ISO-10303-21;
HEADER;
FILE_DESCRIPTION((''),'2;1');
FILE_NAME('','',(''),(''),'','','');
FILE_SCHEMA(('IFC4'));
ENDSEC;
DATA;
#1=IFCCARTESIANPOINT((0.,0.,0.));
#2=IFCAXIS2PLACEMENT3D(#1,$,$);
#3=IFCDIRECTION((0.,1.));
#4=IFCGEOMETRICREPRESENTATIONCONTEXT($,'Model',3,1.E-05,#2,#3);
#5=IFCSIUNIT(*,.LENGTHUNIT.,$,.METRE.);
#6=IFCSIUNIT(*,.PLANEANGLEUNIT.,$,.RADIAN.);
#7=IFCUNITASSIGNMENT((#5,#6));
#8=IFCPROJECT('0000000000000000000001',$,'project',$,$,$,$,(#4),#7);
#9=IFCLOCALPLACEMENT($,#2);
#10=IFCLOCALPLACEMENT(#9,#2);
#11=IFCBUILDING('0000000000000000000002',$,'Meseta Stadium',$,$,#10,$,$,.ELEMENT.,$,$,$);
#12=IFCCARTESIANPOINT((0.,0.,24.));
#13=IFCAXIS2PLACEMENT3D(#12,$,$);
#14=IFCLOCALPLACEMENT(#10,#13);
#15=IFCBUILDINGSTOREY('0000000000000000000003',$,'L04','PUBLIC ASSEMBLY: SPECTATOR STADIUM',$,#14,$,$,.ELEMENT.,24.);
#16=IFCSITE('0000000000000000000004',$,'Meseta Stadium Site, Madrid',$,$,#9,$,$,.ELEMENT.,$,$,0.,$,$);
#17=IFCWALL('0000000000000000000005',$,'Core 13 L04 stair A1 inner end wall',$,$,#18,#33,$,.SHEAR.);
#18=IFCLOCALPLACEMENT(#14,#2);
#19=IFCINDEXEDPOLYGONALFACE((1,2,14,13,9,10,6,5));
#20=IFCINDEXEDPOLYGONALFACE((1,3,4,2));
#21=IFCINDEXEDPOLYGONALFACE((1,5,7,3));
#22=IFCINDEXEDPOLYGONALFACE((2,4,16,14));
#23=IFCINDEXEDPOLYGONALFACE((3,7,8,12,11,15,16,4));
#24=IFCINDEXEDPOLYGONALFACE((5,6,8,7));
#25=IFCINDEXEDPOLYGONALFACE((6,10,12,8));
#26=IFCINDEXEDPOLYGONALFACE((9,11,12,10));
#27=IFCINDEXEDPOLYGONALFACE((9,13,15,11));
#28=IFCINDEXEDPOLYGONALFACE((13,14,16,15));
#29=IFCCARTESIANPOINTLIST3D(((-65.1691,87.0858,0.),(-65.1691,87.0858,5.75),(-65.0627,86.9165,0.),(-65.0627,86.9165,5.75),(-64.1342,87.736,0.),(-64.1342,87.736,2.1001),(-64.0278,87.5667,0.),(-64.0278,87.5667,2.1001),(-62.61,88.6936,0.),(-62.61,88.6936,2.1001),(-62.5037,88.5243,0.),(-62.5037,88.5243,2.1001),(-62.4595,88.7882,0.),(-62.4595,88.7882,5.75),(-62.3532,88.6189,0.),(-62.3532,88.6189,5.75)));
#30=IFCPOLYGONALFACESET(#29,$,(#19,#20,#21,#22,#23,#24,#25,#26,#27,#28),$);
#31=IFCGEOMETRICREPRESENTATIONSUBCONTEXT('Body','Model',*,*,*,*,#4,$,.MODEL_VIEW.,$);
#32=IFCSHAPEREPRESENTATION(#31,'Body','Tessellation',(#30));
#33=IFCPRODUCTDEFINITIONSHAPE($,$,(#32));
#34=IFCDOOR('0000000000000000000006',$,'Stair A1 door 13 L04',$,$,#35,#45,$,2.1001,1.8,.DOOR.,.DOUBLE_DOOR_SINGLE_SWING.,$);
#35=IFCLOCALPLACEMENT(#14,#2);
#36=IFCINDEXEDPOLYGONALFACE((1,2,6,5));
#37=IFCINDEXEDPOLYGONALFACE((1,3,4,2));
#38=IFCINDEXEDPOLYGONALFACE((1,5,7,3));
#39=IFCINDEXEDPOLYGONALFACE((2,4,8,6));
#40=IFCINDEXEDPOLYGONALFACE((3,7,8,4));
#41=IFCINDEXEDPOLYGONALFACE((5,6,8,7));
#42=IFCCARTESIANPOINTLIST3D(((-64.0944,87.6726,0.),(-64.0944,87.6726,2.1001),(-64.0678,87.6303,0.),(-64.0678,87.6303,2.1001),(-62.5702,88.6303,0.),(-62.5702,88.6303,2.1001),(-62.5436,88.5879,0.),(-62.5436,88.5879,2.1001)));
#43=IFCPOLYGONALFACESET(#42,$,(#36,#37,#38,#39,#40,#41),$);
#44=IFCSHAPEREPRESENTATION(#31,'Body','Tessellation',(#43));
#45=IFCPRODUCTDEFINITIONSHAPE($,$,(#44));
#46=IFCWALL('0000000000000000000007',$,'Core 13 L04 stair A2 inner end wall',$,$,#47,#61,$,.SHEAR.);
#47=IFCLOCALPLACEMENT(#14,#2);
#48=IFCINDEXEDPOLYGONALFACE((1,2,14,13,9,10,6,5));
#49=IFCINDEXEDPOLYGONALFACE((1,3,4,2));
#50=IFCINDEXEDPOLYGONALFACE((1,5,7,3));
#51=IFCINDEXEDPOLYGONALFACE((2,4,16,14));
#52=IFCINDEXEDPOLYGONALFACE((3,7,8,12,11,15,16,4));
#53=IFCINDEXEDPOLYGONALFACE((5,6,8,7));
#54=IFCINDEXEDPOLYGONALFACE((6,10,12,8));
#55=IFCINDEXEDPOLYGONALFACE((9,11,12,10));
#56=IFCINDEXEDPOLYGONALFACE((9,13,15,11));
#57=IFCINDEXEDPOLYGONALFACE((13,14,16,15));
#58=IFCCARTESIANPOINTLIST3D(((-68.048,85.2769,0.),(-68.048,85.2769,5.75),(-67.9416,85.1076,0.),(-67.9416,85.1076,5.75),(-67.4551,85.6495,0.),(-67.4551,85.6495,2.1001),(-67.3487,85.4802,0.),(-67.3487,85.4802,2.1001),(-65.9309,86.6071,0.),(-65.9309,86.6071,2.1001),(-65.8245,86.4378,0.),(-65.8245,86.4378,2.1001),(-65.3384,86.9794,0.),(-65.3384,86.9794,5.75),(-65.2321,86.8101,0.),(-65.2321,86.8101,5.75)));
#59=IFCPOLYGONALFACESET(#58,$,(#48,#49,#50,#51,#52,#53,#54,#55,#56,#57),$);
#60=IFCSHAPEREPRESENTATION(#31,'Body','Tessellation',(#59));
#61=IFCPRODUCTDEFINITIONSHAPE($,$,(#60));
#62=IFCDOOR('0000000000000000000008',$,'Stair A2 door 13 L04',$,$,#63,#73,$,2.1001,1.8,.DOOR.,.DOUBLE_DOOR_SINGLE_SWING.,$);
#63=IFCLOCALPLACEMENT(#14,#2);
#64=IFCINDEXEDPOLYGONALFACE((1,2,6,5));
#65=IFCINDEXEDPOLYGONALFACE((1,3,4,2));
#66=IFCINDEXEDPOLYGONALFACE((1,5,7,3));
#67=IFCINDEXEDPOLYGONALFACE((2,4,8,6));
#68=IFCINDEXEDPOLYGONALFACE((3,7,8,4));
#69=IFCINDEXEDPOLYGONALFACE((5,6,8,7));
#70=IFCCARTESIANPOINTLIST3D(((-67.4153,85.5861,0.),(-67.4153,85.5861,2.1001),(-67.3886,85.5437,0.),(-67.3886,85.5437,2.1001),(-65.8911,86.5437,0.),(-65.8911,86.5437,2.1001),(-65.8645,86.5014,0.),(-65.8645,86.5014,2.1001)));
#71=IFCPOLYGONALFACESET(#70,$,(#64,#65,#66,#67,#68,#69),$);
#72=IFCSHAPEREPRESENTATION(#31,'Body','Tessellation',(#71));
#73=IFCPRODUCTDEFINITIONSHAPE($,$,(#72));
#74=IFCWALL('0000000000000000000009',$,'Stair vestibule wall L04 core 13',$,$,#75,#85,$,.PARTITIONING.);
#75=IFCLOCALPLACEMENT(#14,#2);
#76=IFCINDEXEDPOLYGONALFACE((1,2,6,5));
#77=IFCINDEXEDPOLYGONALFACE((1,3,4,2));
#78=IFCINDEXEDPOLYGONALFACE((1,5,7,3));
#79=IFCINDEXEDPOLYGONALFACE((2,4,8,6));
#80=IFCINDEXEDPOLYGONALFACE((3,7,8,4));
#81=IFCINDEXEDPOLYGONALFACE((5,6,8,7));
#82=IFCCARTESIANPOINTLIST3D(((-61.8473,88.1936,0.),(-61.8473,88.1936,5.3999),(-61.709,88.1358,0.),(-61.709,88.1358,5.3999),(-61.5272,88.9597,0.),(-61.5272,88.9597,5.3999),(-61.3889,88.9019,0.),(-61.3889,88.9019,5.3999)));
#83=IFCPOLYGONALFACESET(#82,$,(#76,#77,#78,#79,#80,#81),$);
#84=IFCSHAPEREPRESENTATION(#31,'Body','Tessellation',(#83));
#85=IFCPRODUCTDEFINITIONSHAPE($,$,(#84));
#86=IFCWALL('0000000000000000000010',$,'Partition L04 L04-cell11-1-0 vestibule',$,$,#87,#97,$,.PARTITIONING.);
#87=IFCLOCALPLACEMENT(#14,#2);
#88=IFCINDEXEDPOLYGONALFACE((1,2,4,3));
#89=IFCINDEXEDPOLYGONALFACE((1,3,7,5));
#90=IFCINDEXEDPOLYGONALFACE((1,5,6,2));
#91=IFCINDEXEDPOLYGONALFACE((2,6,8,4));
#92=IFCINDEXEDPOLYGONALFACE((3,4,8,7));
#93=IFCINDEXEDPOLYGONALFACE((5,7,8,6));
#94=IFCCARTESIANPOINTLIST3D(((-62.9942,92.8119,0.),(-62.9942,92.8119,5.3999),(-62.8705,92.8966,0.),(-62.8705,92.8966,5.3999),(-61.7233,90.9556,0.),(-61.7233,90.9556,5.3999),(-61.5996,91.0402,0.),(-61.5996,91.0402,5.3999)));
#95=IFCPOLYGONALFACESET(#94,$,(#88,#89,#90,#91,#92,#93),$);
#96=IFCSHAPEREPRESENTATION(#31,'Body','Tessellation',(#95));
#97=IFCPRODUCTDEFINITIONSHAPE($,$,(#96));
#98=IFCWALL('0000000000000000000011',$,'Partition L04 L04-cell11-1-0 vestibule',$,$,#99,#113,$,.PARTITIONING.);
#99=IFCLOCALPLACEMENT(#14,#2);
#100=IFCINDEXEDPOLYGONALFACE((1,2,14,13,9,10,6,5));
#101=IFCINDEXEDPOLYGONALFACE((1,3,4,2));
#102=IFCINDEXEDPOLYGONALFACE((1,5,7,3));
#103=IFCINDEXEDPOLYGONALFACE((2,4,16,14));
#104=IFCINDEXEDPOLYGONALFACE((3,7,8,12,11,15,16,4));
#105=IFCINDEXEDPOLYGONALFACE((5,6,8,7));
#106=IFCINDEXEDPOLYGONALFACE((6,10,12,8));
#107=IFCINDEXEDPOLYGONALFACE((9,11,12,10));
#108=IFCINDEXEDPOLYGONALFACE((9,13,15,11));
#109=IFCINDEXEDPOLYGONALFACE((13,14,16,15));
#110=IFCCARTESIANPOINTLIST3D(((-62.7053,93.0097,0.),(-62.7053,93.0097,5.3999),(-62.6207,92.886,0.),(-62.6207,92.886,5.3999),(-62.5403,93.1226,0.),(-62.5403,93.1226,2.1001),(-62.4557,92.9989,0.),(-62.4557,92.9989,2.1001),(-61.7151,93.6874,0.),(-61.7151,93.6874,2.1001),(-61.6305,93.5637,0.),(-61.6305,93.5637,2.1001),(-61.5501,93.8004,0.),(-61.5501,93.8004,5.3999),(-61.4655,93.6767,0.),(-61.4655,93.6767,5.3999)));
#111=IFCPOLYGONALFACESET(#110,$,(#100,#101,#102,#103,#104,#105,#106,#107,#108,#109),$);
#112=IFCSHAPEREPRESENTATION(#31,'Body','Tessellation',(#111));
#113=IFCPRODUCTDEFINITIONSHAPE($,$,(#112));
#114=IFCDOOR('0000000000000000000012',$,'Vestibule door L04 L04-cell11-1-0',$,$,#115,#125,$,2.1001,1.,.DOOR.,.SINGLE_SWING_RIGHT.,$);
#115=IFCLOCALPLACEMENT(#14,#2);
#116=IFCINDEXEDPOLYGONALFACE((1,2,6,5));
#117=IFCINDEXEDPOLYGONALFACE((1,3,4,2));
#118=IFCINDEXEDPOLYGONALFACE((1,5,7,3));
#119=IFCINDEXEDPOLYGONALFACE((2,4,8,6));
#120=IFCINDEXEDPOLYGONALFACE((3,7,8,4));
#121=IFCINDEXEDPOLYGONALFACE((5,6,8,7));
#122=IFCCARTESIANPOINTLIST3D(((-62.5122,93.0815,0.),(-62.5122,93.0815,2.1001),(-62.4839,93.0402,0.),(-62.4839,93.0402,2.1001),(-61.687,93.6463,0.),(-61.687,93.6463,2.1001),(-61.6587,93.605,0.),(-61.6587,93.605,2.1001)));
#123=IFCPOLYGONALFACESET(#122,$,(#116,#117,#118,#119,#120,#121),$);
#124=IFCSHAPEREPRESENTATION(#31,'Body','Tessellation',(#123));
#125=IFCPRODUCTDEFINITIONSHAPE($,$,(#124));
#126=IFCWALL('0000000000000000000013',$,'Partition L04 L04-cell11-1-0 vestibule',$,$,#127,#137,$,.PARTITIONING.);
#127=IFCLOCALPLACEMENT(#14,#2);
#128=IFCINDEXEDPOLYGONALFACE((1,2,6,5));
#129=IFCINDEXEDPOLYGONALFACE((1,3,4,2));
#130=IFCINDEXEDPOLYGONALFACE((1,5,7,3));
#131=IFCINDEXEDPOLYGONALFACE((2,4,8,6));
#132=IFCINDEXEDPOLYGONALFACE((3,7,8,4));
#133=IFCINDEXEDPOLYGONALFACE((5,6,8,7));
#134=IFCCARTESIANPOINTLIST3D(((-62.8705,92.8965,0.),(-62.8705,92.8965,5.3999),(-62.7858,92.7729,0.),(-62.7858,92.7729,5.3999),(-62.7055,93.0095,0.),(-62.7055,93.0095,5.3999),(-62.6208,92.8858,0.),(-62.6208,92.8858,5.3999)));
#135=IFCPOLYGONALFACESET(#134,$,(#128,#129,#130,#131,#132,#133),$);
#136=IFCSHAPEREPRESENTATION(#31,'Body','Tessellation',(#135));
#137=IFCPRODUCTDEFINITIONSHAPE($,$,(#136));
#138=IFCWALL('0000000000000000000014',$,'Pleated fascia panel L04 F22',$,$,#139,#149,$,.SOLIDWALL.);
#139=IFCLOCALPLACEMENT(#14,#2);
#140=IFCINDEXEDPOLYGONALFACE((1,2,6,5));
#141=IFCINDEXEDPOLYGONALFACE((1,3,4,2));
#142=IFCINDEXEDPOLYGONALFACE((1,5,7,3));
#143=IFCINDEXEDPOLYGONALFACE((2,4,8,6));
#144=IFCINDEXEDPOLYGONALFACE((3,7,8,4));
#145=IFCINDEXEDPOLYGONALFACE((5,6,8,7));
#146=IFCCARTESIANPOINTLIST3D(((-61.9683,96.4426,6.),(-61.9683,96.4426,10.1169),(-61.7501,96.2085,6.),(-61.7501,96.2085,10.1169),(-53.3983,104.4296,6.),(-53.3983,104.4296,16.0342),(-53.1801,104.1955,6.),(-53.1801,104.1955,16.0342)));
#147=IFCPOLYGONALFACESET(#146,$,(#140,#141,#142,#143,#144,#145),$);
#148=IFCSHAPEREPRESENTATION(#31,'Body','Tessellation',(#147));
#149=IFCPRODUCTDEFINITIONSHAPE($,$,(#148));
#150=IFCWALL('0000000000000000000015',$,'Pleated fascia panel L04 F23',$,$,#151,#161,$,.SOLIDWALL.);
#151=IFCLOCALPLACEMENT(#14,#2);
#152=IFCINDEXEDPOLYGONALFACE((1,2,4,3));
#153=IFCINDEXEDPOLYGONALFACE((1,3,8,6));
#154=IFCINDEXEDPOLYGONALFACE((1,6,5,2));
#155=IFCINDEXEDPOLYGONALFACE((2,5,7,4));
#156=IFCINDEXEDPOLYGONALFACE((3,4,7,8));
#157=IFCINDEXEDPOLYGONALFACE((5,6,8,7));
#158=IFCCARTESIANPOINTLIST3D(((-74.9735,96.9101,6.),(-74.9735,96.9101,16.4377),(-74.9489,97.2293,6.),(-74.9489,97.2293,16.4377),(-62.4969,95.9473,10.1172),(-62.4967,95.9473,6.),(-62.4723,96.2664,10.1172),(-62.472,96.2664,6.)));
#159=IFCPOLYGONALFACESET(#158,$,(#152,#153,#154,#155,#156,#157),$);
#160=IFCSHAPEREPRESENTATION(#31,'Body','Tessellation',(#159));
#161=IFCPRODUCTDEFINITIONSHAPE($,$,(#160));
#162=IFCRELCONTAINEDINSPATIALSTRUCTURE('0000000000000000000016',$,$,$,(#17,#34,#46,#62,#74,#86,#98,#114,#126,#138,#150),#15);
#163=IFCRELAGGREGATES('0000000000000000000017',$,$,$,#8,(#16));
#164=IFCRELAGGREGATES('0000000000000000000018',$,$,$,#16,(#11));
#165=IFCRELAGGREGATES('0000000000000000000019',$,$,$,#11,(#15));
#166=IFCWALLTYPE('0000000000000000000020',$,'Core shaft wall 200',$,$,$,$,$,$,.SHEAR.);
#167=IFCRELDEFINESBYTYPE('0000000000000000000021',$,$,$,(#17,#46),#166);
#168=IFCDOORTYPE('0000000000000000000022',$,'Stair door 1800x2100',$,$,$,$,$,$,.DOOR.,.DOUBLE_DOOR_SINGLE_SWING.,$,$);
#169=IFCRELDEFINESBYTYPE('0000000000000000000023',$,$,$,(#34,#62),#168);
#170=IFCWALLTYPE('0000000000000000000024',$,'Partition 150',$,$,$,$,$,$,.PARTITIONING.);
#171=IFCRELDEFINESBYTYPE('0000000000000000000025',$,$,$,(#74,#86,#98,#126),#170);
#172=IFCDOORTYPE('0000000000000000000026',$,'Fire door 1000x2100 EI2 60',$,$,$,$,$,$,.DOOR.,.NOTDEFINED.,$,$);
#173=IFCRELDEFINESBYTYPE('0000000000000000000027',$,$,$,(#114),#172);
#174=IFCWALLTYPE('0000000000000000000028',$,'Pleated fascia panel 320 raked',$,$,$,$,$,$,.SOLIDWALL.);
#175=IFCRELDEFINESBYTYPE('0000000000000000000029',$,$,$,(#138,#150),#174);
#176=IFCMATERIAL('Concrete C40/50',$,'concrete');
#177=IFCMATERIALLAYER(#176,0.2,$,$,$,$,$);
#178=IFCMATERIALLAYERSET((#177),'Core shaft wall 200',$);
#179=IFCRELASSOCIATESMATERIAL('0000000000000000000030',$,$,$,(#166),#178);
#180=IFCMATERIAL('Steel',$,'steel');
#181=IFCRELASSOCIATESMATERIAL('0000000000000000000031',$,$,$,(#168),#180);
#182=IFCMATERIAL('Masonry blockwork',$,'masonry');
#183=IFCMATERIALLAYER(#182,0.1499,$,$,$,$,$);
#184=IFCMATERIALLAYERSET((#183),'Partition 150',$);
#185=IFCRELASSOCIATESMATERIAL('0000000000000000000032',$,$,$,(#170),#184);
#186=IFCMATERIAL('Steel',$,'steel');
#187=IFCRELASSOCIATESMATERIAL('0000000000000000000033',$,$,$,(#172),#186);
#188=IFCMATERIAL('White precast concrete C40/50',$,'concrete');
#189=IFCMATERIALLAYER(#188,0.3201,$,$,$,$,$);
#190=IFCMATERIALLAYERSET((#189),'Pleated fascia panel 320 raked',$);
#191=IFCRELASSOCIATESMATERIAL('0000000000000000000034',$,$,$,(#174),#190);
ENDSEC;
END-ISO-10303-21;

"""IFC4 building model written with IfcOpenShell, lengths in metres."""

from ifc_helpers import new_model, si_unit, direction, frame, frame_2d, origin, place, context, subcontext, project, spatial, polyline, rectangle, outline, extrude, material, layer, layer_set, type_object, element, fill, save


model = new_model("IFC4")

# Units and contexts
model_context = context("Model", 3, precision=1e-05, world=origin(), true_north=direction((0.0, 1.0)))
body_context = subcontext(model_context, "Body", "Model", "MODEL_VIEW")
ifc_project = project(units=[si_unit("LENGTHUNIT", "METRE"), si_unit("PLANEANGLEUNIT", "RADIAN")], contexts=[model_context])

# Site, building, storey
site_placement = place(None, origin())
site = spatial("IfcSite", under=ifc_project, at=site_placement, Name="Meseta Stadium Site, Madrid", CompositionType="ELEMENT", RefElevation=0.0)
building_placement = place(site_placement, origin())
building = spatial("IfcBuilding", under=site, at=building_placement, Name="Meseta Stadium", CompositionType="ELEMENT")
storey_placement = place(building_placement, frame((0.0, 0.0, 24.0)))
storey = spatial("IfcBuildingStorey", under=building, at=storey_placement, Name="L04", Description="PUBLIC ASSEMBLY: SPECTATOR STADIUM", CompositionType="ELEMENT", Elevation=24.0)

# Shared definitions
ifc_material_1 = material(Name="Concrete C40/50", Category="concrete")
ifc_layer_1 = layer(ifc_material_1, 0.2)
ifc_layer_set_1 = layer_set([ifc_layer_1], Name="Core shaft wall 200")
wall_type_1 = type_object("IfcWallType", Name="Core shaft wall 200", PredefinedType="SHEAR", material=ifc_layer_set_1)

# Walls, openings, doors
wall_1_placement = place(storey_placement, frame((-62.4062, 88.7036, 0.0), z_axis=(0.0, 0.0, 1.0), x_axis=(-0.846736, -0.532014, 0.0)))
wall_1 = element("IfcWall", 1, at=wall_1_placement, inside=storey, type_object=wall_type_1, Name="Core 13 L04 stair A1 inner end wall", PredefinedType="SHEAR", context=body_context, shape_type="SweptSolid", body=[
    extrude(rectangle(XDim=3.2, YDim=0.2, at=frame_2d((1.6001, 0.0))), origin(), (0.0, 0.0, 1.0), 5.75),
])
opening_1_placement = place(wall_1_placement, frame((0.178, 0.0, 0.0)))
opening_1 = element("IfcOpeningElement", 2, at=opening_1_placement, cuts=wall_1, PredefinedType="OPENING", context=body_context, shape_type="SweptSolid", body=[
    extrude(rectangle(XDim=1.8, YDim=2.1001, at=frame_2d((0.8999, 1.05))), frame((0.0, 0.1099, 0.0), z_axis=(0.0, -1.0, 0.0), x_axis=(1.0, 0.0, 0.0)), (0.0, 0.0, 1.0), 0.22),
])
ifc_material_2 = material(Name="Steel", Category="steel")
door_type_1 = type_object("IfcDoorType", Name="Stair door 1800x2100", OperationType="DOUBLE_DOOR_SINGLE_SWING", PredefinedType="DOOR", material=ifc_material_2)
door_1_placement = place(opening_1_placement, origin())
door_1 = element("IfcDoor", 3, at=door_1_placement, inside=storey, type_object=door_type_1, Name="Stair A1 door 13 L04", OperationType="DOUBLE_DOOR_SINGLE_SWING", OverallHeight=2.1001, OverallWidth=1.8, PredefinedType="DOOR", context=body_context, shape_type="SweptSolid", body=[
    extrude(rectangle(XDim=1.8, YDim=2.1001, at=frame_2d((0.8999, 1.05))), frame((0.0, 0.0249, 0.0), z_axis=(0.0, -1.0, 0.0), x_axis=(1.0, 0.0, 0.0)), (0.0, 0.0, 1.0), 0.05),
])
fill(opening_1, door_1)
wall_2_placement = place(storey_placement, frame((-65.2852, 86.8948, 0.0), z_axis=(0.0, 0.0, 1.0), x_axis=(-0.846736, -0.532014, 0.0)))
wall_2 = element("IfcWall", 4, at=wall_2_placement, inside=storey, type_object=wall_type_1, Name="Core 13 L04 stair A2 inner end wall", PredefinedType="SHEAR", context=body_context, shape_type="SweptSolid", body=[
    extrude(rectangle(XDim=3.2, YDim=0.2, at=frame_2d((1.6001, 0.0))), origin(), (0.0, 0.0, 1.0), 5.75),
])
opening_2_placement = place(wall_2_placement, frame((0.7, 0.0, 0.0)))
opening_2 = element("IfcOpeningElement", 5, at=opening_2_placement, cuts=wall_2, PredefinedType="OPENING", context=body_context, shape_type="SweptSolid", body=[
    extrude(rectangle(XDim=1.8, YDim=2.1001, at=frame_2d((0.8999, 1.05))), frame((0.0, 0.1099, 0.0), z_axis=(0.0, -1.0, 0.0), x_axis=(1.0, 0.0, 0.0)), (0.0, 0.0, 1.0), 0.22),
])
door_2_placement = place(opening_2_placement, origin())
door_2 = element("IfcDoor", 6, at=door_2_placement, inside=storey, type_object=door_type_1, Name="Stair A2 door 13 L04", OperationType="DOUBLE_DOOR_SINGLE_SWING", OverallHeight=2.1001, OverallWidth=1.8, PredefinedType="DOOR", context=body_context, shape_type="SweptSolid", body=[
    extrude(rectangle(XDim=1.8, YDim=2.1001, at=frame_2d((0.8999, 1.05))), frame((0.0, 0.0249, 0.0), z_axis=(0.0, -1.0, 0.0), x_axis=(1.0, 0.0, 0.0)), (0.0, 0.0, 1.0), 0.05),
])
fill(opening_2, door_2)

# Walls
ifc_material_3 = material(Name="Masonry blockwork", Category="masonry")
ifc_layer_2 = layer(ifc_material_3, 0.1499)
ifc_layer_set_2 = layer_set([ifc_layer_2], Name="Partition 150")
wall_type_2 = type_object("IfcWallType", Name="Partition 150", PredefinedType="PARTITIONING", material=ifc_layer_set_2)
wall_3_placement = place(storey_placement, frame((-61.7781, 88.1648, 0.0), z_axis=(0.0, 0.0, 1.0), x_axis=(0.385492, 0.922711, 0.0)))
element("IfcWall", 7, at=wall_3_placement, inside=storey, type_object=wall_type_2, Name="Stair vestibule wall L04 core 13", PredefinedType="PARTITIONING", context=body_context, shape_type="SweptSolid", body=[
    extrude(rectangle(XDim=0.8303, YDim=0.1499, at=frame_2d((0.415, 0.0))), origin(), (0.0, 0.0, 1.0), 5.3999),
])
wall_4_placement = place(storey_placement, frame((-61.6614, 90.9978, 0.0), z_axis=(0.0, 0.0, 1.0), x_axis=(-0.564925, 0.825142, 0.0)))
element("IfcWall", 8, at=wall_4_placement, inside=storey, type_object=wall_type_2, Name="Partition L04 L04-cell11-1-0 vestibule", PredefinedType="PARTITIONING", context=body_context, shape_type="SweptSolid", body=[
    extrude(rectangle(XDim=2.2498, YDim=0.1499, at=frame_2d((1.125, 0.0))), origin(), (0.0, 0.0, 1.0), 5.3999),
])

# Wall, opening, door
wall_5_placement = place(storey_placement, frame((-61.5078, 93.7385, 0.0), z_axis=(0.0, 0.0, 1.0), x_axis=(-0.8252, -0.56484, 0.0)))
wall_5 = element("IfcWall", 9, at=wall_5_placement, inside=storey, type_object=wall_type_2, Name="Partition L04 L04-cell11-1-0 vestibule", PredefinedType="PARTITIONING", context=body_context, shape_type="SweptSolid", body=[
    extrude(rectangle(XDim=1.3999, YDim=0.1499, at=frame_2d((0.7, 0.0))), origin(), (0.0, 0.0, 1.0), 5.3999),
])
opening_3_placement = place(wall_5_placement, frame((0.2, 0.0, 0.0)))
opening_3 = element("IfcOpeningElement", 10, at=opening_3_placement, cuts=wall_5, PredefinedType="OPENING", context=body_context, shape_type="SweptSolid", body=[
    extrude(rectangle(XDim=1.0, YDim=2.1001, at=frame_2d((0.5, 1.05))), frame((0.0, 0.085, 0.0), z_axis=(0.0, -1.0, 0.0), x_axis=(1.0, 0.0, 0.0)), (0.0, 0.0, 1.0), 0.1699),
])
ifc_material_4 = material(Name="Steel", Category="steel")
door_type_2 = type_object("IfcDoorType", Name="Fire door 1000x2100 EI2 60", OperationType="NOTDEFINED", PredefinedType="DOOR", material=ifc_material_4)
door_3_placement = place(opening_3_placement, origin())
door_3 = element("IfcDoor", 11, at=door_3_placement, inside=storey, type_object=door_type_2, Name="Vestibule door L04 L04-cell11-1-0", OperationType="SINGLE_SWING_RIGHT", OverallHeight=2.1001, OverallWidth=1.0, PredefinedType="DOOR", context=body_context, shape_type="SweptSolid", body=[
    extrude(rectangle(XDim=1.0, YDim=2.1001, at=frame_2d((0.5, 1.05))), frame((0.0, 0.0249, 0.0), z_axis=(0.0, -1.0, 0.0), x_axis=(1.0, 0.0, 0.0)), (0.0, 0.0, 1.0), 0.05),
])
fill(opening_3, door_3)

# Walls
wall_6_placement = place(storey_placement, frame((-62.6631, 92.9478, 0.0), z_axis=(0.0, 0.0, 1.0), x_axis=(-0.825038, -0.565078, 0.0)))
element("IfcWall", 12, at=wall_6_placement, inside=storey, type_object=wall_type_2, Name="Partition L04 L04-cell11-1-0 vestibule", PredefinedType="PARTITIONING", context=body_context, shape_type="SweptSolid", body=[
    extrude(rectangle(XDim=0.2, YDim=0.1499, at=frame_2d((0.1001, 0.0))), origin(), (0.0, 0.0, 1.0), 5.3999),
])
ifc_material_5 = material(Name="White precast concrete C40/50", Category="concrete")
ifc_layer_3 = layer(ifc_material_5, 0.3201)
ifc_layer_set_3 = layer_set([ifc_layer_3], Name="Pleated fascia panel 320 raked")
wall_type_3 = type_object("IfcWallType", Name="Pleated fascia panel 320 raked", PredefinedType="SOLIDWALL", material=ifc_layer_set_3)
wall_7_placement = place(storey_placement, frame((-61.8591, 96.3254, 6.0), z_axis=(0.0, 0.0, 1.0), x_axis=(0.731552, 0.681786, 0.0)))
element("IfcWall", 13, at=wall_7_placement, inside=storey, type_object=wall_type_3, Name="Pleated fascia panel L04 F22", PredefinedType="SOLIDWALL", context=body_context, shape_type="SweptSolid", body=[
    extrude(outline(polyline([(0.0, 0.0), (11.7148, 0.0), (11.7148, 10.0342), (0.0, 4.1169), (0.0, 0.0)])), frame((0.0, 0.1602, 0.0), z_axis=(0.0, -1.0, 0.0), x_axis=(1.0, 0.0, 0.0)), (0.0, 0.0, 1.0), 0.3201),
])
wall_8_placement = place(storey_placement, frame((-74.9612, 97.0696, 6.0), z_axis=(0.0, 0.0, 1.0), x_axis=(0.997035, -0.076946, 0.0)))
element("IfcWall", 14, at=wall_8_placement, inside=storey, type_object=wall_type_3, Name="Pleated fascia panel L04 F23", PredefinedType="SOLIDWALL", context=body_context, shape_type="SweptSolid", body=[
    extrude(outline(polyline([(0.0, 0.0), (12.5139, 0.0), (12.5137, 4.1172), (0.0, 10.4377), (0.0, 0.0)])), frame((0.0, 0.1602, 0.0), z_axis=(0.0, -1.0, 0.0), x_axis=(1.0, 0.0, 0.0)), (0.0, 0.0, 1.0), 0.3201),
])

save(model, "model.ifc")
